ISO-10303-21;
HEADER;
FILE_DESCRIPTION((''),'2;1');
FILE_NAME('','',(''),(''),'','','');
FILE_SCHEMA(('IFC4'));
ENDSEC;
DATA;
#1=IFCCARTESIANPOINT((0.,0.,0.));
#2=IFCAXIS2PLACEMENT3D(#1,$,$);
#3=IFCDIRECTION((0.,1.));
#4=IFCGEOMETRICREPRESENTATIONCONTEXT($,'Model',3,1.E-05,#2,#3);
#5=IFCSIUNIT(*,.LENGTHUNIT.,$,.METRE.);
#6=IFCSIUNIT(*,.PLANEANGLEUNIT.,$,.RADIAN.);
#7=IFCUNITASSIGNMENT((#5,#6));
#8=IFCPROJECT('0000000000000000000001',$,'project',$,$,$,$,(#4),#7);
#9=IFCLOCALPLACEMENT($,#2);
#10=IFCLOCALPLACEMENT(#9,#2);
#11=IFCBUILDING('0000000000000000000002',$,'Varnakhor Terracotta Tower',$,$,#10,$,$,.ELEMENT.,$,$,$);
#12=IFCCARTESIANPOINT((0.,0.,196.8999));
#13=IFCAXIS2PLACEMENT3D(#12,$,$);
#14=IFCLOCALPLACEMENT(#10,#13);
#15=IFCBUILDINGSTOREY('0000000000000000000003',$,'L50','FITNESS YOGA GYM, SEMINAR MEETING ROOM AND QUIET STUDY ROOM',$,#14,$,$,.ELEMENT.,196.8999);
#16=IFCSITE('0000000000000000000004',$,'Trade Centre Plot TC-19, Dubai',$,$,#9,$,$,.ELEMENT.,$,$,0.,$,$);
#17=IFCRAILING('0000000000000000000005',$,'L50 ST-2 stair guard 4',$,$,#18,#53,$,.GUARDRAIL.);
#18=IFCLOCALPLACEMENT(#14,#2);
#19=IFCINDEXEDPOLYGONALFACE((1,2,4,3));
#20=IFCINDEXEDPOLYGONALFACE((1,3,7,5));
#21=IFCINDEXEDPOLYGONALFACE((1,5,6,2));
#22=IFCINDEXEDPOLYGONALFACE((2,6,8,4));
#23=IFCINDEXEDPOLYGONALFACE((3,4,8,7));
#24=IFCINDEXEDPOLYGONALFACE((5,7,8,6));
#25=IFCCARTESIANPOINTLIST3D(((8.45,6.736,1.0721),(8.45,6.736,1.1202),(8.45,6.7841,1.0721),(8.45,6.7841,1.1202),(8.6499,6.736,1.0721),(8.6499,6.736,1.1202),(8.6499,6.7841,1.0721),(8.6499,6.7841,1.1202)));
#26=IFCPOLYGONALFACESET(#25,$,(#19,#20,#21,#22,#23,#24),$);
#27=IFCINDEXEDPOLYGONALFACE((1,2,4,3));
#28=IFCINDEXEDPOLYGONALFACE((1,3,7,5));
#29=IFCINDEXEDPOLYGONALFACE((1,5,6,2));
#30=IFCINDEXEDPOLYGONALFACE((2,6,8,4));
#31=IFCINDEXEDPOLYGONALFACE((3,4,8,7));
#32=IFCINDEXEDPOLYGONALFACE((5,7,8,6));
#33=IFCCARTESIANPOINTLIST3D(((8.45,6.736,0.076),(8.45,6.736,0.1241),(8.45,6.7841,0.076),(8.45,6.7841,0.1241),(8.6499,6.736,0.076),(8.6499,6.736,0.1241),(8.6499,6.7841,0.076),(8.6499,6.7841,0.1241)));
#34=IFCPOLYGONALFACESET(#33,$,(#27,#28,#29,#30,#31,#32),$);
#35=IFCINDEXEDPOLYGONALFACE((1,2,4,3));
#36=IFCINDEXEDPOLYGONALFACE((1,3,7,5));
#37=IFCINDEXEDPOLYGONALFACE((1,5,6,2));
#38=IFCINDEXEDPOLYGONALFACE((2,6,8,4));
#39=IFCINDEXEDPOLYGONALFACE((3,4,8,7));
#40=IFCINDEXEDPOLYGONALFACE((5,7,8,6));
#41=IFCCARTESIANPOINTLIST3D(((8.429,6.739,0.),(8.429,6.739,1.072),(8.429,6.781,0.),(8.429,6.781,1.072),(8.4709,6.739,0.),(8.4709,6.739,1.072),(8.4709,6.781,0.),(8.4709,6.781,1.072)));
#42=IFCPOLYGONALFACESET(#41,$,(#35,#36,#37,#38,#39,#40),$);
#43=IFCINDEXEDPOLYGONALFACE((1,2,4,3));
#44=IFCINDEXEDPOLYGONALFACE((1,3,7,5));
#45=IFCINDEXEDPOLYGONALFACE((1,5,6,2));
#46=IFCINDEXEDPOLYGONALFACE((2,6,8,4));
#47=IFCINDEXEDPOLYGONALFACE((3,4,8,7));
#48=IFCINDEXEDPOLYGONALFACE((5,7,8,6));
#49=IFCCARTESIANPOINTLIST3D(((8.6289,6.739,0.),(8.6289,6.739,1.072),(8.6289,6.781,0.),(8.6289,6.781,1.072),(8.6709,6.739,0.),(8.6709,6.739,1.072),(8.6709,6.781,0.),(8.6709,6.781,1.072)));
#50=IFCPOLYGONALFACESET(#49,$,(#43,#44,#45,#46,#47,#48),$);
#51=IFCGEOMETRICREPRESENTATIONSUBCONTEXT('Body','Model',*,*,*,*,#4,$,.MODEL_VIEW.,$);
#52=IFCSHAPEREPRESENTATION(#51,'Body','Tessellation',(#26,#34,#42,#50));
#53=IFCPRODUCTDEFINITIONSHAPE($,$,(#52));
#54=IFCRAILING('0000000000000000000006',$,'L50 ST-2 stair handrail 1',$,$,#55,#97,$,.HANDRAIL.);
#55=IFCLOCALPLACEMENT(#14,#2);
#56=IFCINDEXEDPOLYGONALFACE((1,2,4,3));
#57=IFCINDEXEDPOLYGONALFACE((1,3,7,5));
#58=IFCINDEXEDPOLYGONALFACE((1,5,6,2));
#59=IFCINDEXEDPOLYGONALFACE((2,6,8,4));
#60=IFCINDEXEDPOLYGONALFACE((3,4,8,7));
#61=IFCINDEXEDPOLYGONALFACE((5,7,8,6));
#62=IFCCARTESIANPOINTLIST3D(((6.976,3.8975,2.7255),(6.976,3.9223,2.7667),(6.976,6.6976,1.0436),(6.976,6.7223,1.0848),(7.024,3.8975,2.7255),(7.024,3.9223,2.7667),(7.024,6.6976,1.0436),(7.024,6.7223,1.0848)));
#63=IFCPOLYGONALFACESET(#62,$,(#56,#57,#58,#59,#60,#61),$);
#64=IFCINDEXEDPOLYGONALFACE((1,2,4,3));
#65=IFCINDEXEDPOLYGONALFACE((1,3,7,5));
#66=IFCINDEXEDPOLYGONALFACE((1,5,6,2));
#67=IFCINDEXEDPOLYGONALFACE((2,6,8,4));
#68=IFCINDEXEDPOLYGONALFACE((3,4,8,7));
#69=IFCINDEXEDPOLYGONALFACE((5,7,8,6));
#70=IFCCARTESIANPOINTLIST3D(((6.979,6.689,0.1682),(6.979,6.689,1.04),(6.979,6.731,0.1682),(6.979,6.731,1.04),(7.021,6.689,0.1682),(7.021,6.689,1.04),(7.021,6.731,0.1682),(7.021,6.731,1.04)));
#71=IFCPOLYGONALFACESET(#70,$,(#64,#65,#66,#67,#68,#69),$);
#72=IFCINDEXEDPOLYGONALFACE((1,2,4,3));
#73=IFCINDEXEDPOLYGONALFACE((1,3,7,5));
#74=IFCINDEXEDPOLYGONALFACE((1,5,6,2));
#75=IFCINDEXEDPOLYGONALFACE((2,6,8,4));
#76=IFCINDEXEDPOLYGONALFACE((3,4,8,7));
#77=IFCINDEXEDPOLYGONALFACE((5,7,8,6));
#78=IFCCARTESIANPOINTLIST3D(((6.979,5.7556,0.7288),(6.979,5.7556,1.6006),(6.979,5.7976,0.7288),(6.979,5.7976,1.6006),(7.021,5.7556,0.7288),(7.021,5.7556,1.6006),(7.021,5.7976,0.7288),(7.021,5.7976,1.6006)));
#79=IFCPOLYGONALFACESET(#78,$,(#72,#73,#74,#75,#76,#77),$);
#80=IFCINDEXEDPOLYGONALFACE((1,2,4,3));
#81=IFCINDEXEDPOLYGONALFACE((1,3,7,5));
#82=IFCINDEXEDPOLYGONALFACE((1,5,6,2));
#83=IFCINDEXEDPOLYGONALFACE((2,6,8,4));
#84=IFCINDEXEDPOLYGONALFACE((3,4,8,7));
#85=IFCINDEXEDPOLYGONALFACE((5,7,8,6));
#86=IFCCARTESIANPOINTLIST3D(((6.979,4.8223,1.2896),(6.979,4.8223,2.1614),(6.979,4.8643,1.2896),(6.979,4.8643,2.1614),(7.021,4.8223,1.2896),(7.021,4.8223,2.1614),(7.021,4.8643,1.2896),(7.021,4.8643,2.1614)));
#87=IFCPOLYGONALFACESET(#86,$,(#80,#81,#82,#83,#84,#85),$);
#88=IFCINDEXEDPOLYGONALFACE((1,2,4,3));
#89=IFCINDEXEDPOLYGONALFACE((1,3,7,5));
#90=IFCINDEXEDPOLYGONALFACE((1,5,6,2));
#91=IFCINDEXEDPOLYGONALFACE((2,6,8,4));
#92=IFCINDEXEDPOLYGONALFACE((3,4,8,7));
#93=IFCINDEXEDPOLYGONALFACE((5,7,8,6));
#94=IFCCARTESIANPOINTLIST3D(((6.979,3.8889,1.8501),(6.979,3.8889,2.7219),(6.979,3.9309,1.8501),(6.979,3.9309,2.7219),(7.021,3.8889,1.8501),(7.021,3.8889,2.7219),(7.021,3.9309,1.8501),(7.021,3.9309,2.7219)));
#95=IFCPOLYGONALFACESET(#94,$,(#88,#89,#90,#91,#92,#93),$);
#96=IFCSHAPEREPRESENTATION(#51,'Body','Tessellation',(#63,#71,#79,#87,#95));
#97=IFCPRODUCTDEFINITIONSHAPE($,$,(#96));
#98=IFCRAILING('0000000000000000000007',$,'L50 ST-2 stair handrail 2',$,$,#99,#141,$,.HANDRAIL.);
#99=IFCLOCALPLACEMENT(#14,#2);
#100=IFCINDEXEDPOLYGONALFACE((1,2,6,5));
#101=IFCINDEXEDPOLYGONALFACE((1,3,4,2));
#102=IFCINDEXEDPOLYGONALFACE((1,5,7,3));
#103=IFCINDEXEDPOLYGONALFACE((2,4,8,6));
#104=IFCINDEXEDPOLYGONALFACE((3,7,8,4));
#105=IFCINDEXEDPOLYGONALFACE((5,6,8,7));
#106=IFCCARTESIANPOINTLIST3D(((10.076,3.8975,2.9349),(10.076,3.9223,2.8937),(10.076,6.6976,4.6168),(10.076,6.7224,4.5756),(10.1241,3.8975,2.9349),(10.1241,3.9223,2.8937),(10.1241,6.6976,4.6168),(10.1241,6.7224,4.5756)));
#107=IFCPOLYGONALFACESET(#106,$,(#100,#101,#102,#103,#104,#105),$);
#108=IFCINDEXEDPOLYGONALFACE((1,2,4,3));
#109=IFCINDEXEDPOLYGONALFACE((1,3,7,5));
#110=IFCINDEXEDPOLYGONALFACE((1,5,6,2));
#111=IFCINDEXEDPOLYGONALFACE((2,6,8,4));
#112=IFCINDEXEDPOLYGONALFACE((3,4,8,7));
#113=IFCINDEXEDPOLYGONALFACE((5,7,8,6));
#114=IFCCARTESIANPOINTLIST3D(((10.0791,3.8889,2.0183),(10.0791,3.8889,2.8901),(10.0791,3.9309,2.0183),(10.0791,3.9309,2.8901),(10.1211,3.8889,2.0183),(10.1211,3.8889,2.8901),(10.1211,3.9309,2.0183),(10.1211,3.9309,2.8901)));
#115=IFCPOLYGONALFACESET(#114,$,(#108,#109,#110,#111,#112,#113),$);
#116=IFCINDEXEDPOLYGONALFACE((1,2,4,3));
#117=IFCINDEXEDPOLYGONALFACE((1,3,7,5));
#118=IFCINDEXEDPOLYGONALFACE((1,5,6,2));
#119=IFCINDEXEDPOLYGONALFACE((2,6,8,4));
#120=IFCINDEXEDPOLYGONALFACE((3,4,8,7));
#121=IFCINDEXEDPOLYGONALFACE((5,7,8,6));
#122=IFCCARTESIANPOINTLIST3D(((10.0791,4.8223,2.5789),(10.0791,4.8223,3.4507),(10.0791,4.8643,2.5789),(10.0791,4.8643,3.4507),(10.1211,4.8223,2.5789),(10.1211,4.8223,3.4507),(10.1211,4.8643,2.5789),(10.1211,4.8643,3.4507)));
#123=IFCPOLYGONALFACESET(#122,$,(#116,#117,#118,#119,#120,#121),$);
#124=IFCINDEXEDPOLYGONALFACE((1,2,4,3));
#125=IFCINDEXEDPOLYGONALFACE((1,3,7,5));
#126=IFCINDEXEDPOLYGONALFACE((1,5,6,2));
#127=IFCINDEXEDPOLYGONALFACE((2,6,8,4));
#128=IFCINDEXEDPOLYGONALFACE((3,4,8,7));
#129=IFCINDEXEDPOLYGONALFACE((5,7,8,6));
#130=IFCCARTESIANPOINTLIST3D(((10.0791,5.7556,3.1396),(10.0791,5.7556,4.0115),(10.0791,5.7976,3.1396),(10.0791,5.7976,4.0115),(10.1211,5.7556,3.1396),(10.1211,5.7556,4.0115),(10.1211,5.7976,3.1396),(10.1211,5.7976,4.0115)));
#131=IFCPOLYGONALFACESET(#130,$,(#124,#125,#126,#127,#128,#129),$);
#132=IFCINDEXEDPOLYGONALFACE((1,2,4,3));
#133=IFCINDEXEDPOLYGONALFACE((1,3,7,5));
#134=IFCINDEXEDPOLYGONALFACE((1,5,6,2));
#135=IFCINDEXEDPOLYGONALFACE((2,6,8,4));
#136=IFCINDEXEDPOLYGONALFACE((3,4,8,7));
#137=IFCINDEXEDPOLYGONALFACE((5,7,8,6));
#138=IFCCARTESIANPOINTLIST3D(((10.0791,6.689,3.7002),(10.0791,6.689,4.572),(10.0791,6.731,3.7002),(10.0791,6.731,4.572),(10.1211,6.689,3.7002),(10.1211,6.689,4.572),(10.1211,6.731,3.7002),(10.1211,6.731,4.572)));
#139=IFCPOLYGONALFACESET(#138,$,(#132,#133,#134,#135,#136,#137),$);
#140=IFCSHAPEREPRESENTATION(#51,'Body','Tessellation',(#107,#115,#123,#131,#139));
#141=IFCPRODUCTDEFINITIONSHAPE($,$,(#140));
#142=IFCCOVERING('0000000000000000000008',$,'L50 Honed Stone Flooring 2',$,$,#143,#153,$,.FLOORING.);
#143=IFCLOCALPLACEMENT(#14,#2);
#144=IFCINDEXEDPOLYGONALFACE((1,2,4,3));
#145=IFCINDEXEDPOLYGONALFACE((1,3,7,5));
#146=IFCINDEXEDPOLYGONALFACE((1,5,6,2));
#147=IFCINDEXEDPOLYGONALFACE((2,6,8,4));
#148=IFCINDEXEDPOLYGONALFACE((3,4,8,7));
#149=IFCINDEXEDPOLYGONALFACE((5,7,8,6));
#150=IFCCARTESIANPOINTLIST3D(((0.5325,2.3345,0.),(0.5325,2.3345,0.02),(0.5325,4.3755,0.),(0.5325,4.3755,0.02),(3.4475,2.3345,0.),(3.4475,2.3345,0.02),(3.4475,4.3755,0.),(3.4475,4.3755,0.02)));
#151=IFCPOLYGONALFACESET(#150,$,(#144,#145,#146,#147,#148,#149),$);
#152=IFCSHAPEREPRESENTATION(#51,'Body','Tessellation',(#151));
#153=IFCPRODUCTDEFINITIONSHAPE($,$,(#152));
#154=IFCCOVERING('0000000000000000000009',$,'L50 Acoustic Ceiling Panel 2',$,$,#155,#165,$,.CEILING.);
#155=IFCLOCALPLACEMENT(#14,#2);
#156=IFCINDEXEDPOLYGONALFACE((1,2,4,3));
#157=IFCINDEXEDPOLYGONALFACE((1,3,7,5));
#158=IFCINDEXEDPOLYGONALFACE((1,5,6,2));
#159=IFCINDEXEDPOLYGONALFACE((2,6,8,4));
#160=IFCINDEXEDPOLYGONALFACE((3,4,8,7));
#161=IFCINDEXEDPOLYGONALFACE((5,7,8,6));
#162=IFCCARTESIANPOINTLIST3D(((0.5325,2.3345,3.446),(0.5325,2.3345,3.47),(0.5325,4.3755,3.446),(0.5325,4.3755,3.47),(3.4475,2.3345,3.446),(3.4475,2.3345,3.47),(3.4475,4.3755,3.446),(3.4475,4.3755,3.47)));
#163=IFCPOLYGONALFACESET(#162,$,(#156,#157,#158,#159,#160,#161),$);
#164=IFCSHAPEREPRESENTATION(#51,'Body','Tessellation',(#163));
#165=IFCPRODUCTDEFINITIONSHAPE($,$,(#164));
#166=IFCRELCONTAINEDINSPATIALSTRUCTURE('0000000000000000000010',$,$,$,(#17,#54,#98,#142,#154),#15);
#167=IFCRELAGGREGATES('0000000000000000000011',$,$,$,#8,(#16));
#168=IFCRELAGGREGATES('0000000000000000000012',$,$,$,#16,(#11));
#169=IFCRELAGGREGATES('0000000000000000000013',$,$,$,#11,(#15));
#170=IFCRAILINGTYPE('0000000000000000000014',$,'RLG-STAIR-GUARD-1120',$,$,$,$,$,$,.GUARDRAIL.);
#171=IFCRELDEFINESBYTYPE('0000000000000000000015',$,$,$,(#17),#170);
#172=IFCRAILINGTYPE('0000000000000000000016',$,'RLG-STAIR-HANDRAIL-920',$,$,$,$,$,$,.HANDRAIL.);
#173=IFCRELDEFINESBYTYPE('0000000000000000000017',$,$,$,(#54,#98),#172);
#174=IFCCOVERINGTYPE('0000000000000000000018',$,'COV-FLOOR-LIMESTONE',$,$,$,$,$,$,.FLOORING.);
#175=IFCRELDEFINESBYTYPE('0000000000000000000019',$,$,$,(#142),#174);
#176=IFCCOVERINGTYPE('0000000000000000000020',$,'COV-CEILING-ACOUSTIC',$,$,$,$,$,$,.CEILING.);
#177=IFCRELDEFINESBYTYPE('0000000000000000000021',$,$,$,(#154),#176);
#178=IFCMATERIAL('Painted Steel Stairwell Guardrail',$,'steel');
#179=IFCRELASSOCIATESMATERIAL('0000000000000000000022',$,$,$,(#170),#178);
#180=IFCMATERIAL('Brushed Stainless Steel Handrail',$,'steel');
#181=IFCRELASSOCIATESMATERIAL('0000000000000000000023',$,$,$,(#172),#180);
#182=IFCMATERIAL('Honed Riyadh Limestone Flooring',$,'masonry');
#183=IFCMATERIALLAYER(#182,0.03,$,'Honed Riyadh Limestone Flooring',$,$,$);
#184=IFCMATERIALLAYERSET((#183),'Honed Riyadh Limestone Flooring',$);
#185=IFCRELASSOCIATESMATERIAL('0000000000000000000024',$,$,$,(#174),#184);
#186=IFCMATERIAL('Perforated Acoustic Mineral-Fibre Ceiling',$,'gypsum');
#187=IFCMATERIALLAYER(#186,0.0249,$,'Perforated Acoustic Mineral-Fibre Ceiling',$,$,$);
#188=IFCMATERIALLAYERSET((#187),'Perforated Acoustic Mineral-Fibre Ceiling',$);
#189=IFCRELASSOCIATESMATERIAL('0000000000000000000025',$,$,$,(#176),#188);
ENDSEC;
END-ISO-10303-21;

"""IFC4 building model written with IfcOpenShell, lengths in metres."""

from ifc_helpers import new_model, si_unit, direction, frame, origin, origin_2d, place, context, subcontext, project, spatial, rectangle, extrude, source, transform, mapped, material, layer, layer_set, type_object, element, save


model = new_model("IFC4")

# Units and contexts
model_context = context("Model", 3, precision=1e-05, world=origin(), true_north=direction((0.0, 1.0)))
body_context = subcontext(model_context, "Body", "Model", "MODEL_VIEW")
ifc_project = project(units=[si_unit("LENGTHUNIT", "METRE"), si_unit("PLANEANGLEUNIT", "RADIAN")], contexts=[model_context])

# Site, building, storey
site_placement = place(None, origin())
site = spatial("IfcSite", under=ifc_project, at=site_placement, Name="Trade Centre Plot TC-19, Dubai", CompositionType="ELEMENT", RefElevation=0.0)
building_placement = place(site_placement, origin())
building = spatial("IfcBuilding", under=site, at=building_placement, Name="Varnakhor Terracotta Tower", CompositionType="ELEMENT")
storey_placement = place(building_placement, frame((0.0, 0.0, 196.8999)))
storey = spatial("IfcBuildingStorey", under=building, at=storey_placement, Name="L50", Description="FITNESS YOGA GYM, SEMINAR MEETING ROOM AND QUIET STUDY ROOM", CompositionType="ELEMENT", Elevation=196.8999)

# Railings
ifc_material_1 = material(Name="Painted Steel Stairwell Guardrail", Category="steel")
railing_type_1 = type_object("IfcRailingType", Name="RLG-STAIR-GUARD-1120", PredefinedType="GUARDRAIL", material=ifc_material_1)
railing_1_placement = place(storey_placement, frame((8.45, 6.76, 0.0)))
element("IfcRailing", 1, at=railing_1_placement, inside=storey, type_object=railing_type_1, Name="L50 ST-2 stair guard 4", PredefinedType="GUARDRAIL", context=body_context, shape_type="SweptSolid", body=[
    extrude(rectangle(XDim=0.0481, YDim=0.0481, at=origin_2d()), frame((0.0, 0.0, 1.0962), z_axis=(1.0, 0.0, 0.0), x_axis=(0.0, 1.0, 0.0)), (0.0, 0.0, 1.0), 0.2),
    extrude(rectangle(XDim=0.0481, YDim=0.0481, at=origin_2d()), frame((0.0, 0.0, 0.1001), z_axis=(1.0, 0.0, 0.0), x_axis=(0.0, 1.0, 0.0)), (0.0, 0.0, 1.0), 0.2),
    extrude(rectangle(XDim=0.042, YDim=0.042, at=origin_2d()), origin(), (0.0, 0.0, 1.0), 1.072),
    extrude(rectangle(XDim=0.042, YDim=0.042, at=origin_2d()), frame((0.2, 0.0, 0.0)), (0.0, 0.0, 1.0), 1.072),
])
ifc_material_2 = material(Name="Brushed Stainless Steel Handrail", Category="steel")
railing_type_2 = type_object("IfcRailingType", Name="RLG-STAIR-HANDRAIL-920", PredefinedType="HANDRAIL", material=ifc_material_2)
railing_2_placement = place(storey_placement, frame((7.0, 6.71, 0.1682)))
element("IfcRailing", 2, at=railing_2_placement, inside=storey, type_object=railing_type_2, Name="L50 ST-2 stair handrail 1", PredefinedType="HANDRAIL", context=body_context, shape_type="SweptSolid", body=[
    extrude(rectangle(XDim=0.0481, YDim=0.0481, at=origin_2d()), frame((0.0, 0.0, 0.896), z_axis=(0.0, -0.857242, 0.514913), x_axis=(1.0, 0.0, 0.0)), (0.0, 0.0, 1.0), 3.2664),
    extrude(rectangle(XDim=0.042, YDim=0.042, at=origin_2d()), origin(), (0.0, 0.0, 1.0), 0.8718),
    extrude(rectangle(XDim=0.042, YDim=0.042, at=origin_2d()), frame((0.0, -0.9333, 0.5605)), (0.0, 0.0, 1.0), 0.8718),
    extrude(rectangle(XDim=0.042, YDim=0.042, at=origin_2d()), frame((0.0, -1.8667, 1.1213)), (0.0, 0.0, 1.0), 0.8718),
    extrude(rectangle(XDim=0.042, YDim=0.042, at=origin_2d()), frame((0.0, -2.8, 1.6819)), (0.0, 0.0, 1.0), 0.8718),
])
railing_3_placement = place(storey_placement, frame((10.1001, 3.9099, 2.0183)))
element("IfcRailing", 3, at=railing_3_placement, inside=storey, type_object=railing_type_2, Name="L50 ST-2 stair handrail 2", PredefinedType="HANDRAIL", context=body_context, shape_type="SweptSolid", body=[
    extrude(rectangle(XDim=0.0481, YDim=0.0481, at=origin_2d()), frame((0.0, 0.0, 0.896), z_axis=(0.0, 0.857242, 0.514913), x_axis=(-1.0, 0.0, 0.0)), (0.0, 0.0, 1.0), 3.2664),
    extrude(rectangle(XDim=0.042, YDim=0.042, at=origin_2d()), origin(), (0.0, 0.0, 1.0), 0.8718),
    extrude(rectangle(XDim=0.042, YDim=0.042, at=origin_2d()), frame((0.0, 0.9333, 0.5605)), (0.0, 0.0, 1.0), 0.8718),
    extrude(rectangle(XDim=0.042, YDim=0.042, at=origin_2d()), frame((0.0, 1.8667, 1.1213)), (0.0, 0.0, 1.0), 0.8718),
    extrude(rectangle(XDim=0.042, YDim=0.042, at=origin_2d()), frame((0.0, 2.8, 1.6819)), (0.0, 0.0, 1.0), 0.8718),
])

# Coverings
ifc_material_3 = material(Name="Honed Riyadh Limestone Flooring", Category="masonry")
ifc_layer_1 = layer(ifc_material_3, 0.03, Name="Honed Riyadh Limestone Flooring")
ifc_layer_set_1 = layer_set([ifc_layer_1], Name="Honed Riyadh Limestone Flooring")
covering_type_1 = type_object("IfcCoveringType", Name="COV-FLOOR-LIMESTONE", PredefinedType="FLOORING", material=ifc_layer_set_1)
shared_shape_1 = source(origin(), body_context, "Body", "SweptSolid", [
    extrude(rectangle(XDim=2.915, YDim=2.041, at=origin_2d()), origin(), (0.0, 0.0, 1.0), 0.02),
])
covering_1_placement = place(storey_placement, frame((1.99, 3.355, 0.0), z_axis=(0.0, 0.0, 1.0), x_axis=(1.0, 0.0, 0.0)))
element("IfcCovering", 4, at=covering_1_placement, inside=storey, type_object=covering_type_1, Name="L50 Honed Stone Flooring 2", PredefinedType="FLOORING", context=body_context, shape_type="MappedRepresentation", body=[
    mapped(shared_shape_1, transform((0.0, 0.0, 0.0), scale=1.0)),
])
ifc_material_4 = material(Name="Perforated Acoustic Mineral-Fibre Ceiling", Category="gypsum")
ifc_layer_2 = layer(ifc_material_4, 0.0249, Name="Perforated Acoustic Mineral-Fibre Ceiling")
ifc_layer_set_2 = layer_set([ifc_layer_2], Name="Perforated Acoustic Mineral-Fibre Ceiling")
covering_type_2 = type_object("IfcCoveringType", Name="COV-CEILING-ACOUSTIC", PredefinedType="CEILING", material=ifc_layer_set_2)
shared_shape_2 = source(origin(), body_context, "Body", "SweptSolid", [
    extrude(rectangle(XDim=2.915, YDim=2.041, at=origin_2d()), origin(), (0.0, 0.0, 1.0), 0.0239),
])
covering_2_placement = place(storey_placement, frame((1.99, 3.355, 3.446), z_axis=(0.0, 0.0, 1.0), x_axis=(1.0, 0.0, 0.0)))
element("IfcCovering", 5, at=covering_2_placement, inside=storey, type_object=covering_type_2, Name="L50 Acoustic Ceiling Panel 2", PredefinedType="CEILING", context=body_context, shape_type="MappedRepresentation", body=[
    mapped(shared_shape_2, transform((0.0, 0.0, 0.0), scale=1.0)),
])

save(model, "model.ifc")
